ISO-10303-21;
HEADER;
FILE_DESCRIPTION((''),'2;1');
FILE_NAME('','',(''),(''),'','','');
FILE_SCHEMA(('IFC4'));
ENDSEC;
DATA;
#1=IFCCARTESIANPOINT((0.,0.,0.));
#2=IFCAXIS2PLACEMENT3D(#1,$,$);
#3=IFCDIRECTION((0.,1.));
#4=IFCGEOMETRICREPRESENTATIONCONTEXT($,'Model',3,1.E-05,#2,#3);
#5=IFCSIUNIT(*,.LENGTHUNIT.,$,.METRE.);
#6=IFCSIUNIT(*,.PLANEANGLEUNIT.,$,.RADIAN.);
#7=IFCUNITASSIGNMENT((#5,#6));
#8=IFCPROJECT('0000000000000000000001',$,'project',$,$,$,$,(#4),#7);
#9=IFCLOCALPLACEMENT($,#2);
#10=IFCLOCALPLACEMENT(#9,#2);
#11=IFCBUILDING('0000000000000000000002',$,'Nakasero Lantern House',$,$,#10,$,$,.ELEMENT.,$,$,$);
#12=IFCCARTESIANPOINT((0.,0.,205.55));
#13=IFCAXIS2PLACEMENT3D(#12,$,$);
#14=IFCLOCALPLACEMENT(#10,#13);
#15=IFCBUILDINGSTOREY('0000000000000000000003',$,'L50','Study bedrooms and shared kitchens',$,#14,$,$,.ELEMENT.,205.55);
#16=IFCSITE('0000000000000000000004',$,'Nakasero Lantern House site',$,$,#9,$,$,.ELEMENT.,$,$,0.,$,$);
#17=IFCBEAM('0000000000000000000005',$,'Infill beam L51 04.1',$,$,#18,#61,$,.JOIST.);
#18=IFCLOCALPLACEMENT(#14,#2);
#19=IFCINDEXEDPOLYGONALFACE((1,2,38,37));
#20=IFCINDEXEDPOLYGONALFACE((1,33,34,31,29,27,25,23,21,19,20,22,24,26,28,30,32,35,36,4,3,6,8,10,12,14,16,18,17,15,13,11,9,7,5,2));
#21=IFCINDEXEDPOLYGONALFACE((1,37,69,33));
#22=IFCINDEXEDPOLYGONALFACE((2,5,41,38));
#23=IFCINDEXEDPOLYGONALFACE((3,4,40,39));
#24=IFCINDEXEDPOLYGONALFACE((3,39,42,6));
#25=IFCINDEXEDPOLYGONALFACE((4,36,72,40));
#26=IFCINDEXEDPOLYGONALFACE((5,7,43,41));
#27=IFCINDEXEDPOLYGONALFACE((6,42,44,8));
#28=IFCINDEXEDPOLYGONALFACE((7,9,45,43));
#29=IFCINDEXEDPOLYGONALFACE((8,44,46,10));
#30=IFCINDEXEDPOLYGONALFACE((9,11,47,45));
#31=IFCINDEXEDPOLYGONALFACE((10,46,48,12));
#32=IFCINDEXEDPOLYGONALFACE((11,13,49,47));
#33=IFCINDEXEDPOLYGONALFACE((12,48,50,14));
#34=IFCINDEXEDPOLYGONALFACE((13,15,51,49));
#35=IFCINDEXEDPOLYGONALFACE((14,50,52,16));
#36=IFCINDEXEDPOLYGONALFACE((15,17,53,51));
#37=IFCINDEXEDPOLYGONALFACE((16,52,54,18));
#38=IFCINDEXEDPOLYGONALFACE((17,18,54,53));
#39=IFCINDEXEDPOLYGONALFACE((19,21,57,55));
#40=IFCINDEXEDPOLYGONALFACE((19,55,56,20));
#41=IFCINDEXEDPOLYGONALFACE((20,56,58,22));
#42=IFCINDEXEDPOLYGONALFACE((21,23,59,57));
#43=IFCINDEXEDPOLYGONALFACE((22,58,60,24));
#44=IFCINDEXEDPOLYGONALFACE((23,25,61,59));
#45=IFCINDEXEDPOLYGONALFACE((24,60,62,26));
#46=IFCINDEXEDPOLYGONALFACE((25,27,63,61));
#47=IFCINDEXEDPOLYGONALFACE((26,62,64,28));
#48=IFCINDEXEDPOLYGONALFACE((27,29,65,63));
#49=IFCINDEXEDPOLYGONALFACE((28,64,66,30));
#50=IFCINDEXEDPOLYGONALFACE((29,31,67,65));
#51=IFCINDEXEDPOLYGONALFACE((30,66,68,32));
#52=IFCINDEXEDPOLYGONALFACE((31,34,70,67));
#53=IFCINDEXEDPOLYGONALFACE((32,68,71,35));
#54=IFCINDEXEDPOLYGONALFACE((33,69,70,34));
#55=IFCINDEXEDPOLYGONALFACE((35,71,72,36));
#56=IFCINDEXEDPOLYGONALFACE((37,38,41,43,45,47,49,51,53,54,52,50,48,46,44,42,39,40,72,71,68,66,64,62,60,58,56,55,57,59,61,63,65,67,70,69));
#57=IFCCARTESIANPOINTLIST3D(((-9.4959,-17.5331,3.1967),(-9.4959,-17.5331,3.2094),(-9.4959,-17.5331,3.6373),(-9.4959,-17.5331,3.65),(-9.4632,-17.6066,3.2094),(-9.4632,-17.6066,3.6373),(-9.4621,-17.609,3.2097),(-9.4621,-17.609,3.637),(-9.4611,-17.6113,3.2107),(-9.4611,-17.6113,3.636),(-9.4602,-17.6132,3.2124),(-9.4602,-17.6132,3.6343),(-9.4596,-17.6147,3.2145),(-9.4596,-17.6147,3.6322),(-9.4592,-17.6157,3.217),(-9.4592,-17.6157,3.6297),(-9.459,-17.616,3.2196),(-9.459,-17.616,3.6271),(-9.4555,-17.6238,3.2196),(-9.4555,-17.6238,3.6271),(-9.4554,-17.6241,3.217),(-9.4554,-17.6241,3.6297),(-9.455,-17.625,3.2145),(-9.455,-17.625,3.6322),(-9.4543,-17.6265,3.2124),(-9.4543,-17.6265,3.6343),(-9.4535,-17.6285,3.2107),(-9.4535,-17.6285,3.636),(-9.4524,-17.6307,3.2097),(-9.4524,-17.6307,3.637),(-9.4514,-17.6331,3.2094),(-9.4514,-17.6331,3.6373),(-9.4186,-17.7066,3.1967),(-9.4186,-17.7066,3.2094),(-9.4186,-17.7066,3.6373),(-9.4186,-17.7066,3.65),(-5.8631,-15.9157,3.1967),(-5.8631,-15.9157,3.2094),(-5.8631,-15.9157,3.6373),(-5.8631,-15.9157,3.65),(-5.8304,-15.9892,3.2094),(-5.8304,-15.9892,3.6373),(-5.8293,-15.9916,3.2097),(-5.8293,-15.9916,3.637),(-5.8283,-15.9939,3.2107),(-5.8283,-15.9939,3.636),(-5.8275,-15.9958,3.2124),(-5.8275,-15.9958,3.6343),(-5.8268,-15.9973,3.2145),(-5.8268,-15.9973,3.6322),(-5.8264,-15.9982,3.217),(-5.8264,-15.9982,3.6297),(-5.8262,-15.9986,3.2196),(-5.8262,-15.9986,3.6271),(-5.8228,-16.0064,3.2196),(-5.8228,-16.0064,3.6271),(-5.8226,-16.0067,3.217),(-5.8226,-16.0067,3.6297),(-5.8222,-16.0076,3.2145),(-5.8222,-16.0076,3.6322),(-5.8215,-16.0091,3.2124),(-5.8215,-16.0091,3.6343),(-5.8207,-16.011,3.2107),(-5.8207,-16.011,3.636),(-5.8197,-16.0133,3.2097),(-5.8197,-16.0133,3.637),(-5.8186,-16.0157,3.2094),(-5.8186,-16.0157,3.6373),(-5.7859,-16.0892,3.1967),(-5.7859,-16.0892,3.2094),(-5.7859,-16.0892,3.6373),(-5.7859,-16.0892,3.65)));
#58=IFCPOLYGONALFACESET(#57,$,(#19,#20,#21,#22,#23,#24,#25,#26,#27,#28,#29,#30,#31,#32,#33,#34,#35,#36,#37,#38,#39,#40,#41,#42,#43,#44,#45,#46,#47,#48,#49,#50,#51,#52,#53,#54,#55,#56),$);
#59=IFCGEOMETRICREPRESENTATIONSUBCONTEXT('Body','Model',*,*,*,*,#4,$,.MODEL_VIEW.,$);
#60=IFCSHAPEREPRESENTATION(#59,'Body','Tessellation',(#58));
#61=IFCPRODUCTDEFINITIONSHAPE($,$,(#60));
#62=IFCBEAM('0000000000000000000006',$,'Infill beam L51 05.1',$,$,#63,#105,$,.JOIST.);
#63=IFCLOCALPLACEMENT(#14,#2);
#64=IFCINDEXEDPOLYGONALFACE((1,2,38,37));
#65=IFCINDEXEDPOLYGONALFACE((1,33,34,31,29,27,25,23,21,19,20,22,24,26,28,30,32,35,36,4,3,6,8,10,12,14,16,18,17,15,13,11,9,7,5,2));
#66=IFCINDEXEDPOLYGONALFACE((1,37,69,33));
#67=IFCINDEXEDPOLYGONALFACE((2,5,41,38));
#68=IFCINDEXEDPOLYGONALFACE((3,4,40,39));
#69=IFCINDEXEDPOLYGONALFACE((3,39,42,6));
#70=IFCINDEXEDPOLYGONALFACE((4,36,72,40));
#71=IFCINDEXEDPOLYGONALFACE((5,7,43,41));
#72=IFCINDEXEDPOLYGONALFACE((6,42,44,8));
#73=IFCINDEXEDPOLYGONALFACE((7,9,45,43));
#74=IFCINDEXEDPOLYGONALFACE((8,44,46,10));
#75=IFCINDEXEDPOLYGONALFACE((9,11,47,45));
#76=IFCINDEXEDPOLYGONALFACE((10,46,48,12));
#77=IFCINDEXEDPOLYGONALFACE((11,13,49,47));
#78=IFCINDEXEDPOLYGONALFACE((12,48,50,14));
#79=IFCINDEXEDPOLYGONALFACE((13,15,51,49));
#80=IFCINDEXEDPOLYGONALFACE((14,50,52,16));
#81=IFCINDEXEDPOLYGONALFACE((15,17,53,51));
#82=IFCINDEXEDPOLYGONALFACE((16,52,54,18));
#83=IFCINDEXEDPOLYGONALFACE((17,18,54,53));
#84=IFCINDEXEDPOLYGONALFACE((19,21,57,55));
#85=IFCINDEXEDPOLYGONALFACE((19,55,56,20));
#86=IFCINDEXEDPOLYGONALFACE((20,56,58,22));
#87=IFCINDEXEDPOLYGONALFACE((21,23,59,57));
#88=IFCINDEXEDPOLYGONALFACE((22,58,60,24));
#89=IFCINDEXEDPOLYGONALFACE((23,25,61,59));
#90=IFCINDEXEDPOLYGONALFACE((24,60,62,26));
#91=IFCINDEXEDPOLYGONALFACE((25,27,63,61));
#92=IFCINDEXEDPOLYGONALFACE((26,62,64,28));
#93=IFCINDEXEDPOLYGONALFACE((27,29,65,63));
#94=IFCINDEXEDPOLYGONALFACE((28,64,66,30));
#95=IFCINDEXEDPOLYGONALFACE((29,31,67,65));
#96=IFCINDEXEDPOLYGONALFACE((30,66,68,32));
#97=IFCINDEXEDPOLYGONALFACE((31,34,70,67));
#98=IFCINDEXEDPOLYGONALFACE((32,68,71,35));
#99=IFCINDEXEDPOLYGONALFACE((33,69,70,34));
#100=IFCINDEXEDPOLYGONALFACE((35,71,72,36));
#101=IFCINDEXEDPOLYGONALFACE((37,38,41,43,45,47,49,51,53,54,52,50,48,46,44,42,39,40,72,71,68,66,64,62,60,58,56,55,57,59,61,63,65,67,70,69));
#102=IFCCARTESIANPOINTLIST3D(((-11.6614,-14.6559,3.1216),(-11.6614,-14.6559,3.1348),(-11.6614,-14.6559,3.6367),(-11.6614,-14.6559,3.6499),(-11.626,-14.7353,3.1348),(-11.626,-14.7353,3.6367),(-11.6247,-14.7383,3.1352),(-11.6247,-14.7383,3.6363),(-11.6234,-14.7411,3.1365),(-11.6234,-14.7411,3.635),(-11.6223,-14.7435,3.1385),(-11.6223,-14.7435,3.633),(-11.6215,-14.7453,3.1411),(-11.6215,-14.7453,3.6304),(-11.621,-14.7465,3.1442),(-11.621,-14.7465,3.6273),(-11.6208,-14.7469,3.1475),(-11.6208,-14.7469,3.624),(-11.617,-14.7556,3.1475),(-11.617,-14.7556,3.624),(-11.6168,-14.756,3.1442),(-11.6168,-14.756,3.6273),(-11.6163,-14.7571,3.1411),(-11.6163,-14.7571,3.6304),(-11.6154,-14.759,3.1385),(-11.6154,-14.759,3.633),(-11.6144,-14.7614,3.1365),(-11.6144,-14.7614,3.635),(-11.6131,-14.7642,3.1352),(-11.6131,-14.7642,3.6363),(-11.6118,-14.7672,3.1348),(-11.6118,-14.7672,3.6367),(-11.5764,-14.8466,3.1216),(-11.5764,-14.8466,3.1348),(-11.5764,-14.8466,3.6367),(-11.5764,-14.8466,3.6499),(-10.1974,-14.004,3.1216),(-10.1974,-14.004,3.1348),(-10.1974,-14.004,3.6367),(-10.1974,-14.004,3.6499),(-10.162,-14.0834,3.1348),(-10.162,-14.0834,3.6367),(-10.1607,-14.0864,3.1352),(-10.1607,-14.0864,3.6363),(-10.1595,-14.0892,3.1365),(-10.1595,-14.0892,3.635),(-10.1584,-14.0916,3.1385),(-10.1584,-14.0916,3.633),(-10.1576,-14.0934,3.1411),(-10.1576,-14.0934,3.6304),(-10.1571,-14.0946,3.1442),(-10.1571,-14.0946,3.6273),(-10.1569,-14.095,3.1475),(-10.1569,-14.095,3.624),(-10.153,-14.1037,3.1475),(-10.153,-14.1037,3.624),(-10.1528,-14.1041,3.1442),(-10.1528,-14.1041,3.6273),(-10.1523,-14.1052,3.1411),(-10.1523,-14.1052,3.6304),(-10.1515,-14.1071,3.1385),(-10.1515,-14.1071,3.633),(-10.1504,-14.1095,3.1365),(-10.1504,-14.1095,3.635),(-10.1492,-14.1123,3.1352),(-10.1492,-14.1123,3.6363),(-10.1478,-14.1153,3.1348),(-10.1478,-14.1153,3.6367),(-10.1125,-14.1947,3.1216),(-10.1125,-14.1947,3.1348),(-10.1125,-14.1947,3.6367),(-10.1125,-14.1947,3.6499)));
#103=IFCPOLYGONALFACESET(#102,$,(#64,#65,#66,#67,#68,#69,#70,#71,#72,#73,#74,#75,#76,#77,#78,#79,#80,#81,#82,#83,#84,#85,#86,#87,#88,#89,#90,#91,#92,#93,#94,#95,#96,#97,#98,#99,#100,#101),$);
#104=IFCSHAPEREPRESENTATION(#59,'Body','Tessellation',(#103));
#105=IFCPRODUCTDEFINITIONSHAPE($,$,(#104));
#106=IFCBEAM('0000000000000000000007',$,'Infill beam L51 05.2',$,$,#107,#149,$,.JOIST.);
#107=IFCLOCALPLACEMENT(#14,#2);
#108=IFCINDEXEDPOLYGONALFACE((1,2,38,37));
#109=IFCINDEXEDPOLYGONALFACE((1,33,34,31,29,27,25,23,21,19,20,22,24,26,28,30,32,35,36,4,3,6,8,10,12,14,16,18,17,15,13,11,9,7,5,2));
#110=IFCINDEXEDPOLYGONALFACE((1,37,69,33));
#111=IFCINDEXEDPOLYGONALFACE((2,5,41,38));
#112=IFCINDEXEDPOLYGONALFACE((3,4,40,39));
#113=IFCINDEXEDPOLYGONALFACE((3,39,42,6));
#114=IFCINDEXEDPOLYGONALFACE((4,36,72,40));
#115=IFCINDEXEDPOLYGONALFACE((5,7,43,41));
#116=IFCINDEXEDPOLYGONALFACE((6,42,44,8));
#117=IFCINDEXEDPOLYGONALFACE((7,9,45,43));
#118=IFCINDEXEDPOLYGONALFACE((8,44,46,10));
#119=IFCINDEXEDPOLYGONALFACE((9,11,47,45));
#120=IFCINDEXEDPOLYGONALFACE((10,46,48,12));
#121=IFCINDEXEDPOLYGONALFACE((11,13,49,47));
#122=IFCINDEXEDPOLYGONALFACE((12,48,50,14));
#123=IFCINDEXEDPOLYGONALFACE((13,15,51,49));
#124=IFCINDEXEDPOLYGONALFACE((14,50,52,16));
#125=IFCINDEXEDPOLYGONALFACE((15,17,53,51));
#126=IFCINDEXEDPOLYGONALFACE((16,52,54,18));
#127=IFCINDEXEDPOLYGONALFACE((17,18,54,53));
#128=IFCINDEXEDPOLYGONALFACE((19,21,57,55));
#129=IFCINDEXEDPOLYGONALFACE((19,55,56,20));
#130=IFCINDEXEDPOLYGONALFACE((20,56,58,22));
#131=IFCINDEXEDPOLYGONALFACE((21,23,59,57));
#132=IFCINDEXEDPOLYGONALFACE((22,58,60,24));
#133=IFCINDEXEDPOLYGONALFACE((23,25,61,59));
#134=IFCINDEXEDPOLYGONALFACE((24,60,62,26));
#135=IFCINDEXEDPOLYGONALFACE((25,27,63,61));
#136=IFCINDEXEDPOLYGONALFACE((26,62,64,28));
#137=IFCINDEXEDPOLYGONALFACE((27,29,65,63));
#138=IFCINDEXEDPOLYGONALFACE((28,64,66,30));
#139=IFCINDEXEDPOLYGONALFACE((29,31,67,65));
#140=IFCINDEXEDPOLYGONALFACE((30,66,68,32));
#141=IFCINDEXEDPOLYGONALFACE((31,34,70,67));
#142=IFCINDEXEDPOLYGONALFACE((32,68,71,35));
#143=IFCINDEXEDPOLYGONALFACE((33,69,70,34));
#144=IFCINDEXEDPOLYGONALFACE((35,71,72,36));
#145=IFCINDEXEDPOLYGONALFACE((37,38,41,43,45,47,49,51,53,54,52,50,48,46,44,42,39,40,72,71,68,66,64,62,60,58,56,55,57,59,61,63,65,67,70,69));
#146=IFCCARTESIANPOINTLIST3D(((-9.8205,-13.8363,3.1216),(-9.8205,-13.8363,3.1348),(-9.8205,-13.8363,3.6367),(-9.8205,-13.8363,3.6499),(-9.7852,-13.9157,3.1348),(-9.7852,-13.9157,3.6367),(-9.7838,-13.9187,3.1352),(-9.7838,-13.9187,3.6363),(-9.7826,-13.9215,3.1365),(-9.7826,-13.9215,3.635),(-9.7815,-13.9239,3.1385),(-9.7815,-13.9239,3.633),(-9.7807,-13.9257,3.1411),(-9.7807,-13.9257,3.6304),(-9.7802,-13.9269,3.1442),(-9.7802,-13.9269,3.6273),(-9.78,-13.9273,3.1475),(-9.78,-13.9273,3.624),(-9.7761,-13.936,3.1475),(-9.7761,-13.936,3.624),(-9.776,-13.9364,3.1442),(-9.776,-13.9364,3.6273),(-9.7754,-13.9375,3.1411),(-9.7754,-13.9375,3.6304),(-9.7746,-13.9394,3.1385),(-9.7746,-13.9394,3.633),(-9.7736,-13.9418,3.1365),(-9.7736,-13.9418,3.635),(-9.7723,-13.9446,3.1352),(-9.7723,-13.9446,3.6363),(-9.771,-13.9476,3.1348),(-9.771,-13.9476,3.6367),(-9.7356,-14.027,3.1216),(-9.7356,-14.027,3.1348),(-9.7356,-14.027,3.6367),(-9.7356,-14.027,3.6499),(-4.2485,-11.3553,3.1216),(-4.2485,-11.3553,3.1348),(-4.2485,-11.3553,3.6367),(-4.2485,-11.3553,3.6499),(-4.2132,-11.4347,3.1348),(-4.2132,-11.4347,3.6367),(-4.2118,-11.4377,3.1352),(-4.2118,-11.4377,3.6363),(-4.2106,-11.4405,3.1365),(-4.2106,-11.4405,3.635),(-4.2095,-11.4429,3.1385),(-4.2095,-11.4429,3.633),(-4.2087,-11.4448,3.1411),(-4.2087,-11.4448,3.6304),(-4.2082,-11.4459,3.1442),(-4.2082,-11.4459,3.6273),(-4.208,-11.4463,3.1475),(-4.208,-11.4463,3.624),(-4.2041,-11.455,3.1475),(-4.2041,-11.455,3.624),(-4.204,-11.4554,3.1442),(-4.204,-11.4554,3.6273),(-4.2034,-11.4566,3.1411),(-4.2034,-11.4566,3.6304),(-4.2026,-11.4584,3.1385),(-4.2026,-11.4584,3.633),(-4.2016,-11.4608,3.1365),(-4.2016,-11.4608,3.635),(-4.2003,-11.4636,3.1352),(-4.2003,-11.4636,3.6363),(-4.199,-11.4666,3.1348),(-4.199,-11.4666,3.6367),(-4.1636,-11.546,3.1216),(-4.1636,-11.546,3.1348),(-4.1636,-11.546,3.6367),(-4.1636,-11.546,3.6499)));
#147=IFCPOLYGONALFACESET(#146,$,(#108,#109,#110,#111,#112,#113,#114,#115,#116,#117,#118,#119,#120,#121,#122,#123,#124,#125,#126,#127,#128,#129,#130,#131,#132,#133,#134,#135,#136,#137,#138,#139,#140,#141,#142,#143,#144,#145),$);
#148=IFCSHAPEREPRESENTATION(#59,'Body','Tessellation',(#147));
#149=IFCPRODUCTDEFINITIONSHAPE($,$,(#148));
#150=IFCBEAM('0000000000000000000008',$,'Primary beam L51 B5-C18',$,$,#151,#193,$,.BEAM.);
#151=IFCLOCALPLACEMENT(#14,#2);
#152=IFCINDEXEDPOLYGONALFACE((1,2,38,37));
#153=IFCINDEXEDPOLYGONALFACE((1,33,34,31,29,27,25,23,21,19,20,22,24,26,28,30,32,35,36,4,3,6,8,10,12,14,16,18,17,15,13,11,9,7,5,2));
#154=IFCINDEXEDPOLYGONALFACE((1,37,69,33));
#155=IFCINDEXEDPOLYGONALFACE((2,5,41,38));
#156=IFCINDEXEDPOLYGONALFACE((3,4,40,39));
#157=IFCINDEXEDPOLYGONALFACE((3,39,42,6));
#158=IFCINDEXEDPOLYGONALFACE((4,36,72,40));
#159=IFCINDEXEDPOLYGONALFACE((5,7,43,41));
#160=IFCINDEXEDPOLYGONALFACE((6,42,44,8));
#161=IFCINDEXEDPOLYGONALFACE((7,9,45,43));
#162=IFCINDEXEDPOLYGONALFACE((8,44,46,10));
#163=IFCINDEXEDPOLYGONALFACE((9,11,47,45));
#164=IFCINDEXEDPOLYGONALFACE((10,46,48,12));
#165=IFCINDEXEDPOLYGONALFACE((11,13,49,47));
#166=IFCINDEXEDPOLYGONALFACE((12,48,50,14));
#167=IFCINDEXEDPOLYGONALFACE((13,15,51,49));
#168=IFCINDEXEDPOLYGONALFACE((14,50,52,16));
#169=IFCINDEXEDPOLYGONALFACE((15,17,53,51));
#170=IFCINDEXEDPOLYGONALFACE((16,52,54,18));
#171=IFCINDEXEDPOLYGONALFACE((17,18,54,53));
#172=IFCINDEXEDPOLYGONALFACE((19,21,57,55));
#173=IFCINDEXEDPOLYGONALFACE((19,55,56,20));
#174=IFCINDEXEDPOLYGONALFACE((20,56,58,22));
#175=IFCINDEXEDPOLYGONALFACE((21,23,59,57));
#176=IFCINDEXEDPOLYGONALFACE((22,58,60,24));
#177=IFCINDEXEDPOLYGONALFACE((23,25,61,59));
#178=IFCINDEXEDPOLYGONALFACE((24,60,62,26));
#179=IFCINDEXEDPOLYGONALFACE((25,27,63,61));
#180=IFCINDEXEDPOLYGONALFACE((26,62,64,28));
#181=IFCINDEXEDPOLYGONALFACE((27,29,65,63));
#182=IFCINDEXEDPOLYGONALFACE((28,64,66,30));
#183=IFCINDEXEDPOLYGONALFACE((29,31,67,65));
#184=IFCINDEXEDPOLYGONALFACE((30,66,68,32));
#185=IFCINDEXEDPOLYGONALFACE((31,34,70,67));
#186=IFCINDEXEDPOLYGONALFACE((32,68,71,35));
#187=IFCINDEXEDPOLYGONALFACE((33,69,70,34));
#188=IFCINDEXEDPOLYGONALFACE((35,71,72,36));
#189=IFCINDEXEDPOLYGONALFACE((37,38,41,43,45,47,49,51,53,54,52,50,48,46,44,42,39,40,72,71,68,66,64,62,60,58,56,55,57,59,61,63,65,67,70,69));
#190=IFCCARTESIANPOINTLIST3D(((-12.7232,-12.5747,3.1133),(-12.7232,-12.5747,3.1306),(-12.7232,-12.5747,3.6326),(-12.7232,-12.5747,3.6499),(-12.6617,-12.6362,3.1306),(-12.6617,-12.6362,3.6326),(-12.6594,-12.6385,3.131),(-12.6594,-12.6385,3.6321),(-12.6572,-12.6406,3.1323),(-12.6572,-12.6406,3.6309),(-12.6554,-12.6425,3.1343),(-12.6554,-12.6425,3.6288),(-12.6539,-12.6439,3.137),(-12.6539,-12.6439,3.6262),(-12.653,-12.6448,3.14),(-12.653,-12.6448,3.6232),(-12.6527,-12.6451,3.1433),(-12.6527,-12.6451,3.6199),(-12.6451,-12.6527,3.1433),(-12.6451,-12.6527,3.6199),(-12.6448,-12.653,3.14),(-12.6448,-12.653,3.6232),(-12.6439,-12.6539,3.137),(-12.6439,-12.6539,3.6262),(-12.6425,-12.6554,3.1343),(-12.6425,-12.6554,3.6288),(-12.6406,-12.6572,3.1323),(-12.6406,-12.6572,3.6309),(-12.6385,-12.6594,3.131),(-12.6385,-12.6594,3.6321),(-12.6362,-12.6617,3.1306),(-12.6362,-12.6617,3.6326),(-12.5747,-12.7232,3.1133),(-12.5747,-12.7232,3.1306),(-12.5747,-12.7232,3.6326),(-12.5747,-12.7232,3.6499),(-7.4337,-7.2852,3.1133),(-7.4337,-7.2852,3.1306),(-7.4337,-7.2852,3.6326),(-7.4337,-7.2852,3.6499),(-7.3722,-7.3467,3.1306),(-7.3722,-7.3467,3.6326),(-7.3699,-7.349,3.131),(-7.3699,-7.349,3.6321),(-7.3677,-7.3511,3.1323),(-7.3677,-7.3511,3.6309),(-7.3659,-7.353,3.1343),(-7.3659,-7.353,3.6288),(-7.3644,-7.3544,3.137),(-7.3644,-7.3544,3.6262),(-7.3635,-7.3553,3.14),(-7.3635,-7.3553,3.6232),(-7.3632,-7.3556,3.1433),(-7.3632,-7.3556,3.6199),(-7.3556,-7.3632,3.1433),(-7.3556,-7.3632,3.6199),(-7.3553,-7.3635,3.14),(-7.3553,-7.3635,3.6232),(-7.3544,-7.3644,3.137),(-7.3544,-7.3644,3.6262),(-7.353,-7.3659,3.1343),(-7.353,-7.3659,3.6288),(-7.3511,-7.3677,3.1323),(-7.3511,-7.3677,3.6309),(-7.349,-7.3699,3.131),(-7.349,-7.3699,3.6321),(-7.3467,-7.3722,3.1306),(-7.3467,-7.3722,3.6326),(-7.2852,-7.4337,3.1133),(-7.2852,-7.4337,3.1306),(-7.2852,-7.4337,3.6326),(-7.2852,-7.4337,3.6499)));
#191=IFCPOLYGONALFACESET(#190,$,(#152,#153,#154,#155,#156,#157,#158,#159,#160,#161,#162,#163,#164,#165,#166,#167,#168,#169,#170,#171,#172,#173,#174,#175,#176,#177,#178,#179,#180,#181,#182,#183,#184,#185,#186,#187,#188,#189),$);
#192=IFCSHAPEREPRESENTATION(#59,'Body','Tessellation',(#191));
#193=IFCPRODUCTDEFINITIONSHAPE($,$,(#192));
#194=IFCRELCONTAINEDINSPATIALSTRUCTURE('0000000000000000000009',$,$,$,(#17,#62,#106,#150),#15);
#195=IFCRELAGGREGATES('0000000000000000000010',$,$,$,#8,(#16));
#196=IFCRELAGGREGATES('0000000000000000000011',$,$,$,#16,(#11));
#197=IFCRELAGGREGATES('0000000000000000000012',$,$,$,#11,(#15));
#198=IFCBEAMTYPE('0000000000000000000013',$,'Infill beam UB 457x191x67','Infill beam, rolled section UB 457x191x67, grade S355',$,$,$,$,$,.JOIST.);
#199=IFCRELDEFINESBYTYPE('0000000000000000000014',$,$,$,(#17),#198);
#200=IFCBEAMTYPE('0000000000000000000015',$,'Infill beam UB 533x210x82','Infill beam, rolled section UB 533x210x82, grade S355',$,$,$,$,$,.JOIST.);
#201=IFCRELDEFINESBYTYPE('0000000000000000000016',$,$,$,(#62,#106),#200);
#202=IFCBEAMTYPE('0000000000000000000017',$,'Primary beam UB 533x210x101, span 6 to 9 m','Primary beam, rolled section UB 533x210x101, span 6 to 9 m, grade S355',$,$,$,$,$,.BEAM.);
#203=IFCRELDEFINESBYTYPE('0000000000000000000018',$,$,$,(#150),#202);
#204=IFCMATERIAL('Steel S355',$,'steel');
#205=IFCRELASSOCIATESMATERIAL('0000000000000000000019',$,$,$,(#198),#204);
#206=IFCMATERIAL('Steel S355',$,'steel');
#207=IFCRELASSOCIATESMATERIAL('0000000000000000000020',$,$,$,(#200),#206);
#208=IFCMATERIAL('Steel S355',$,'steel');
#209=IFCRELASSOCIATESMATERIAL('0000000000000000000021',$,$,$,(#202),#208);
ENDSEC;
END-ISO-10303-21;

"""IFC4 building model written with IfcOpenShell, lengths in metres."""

from ifc_helpers import new_model, si_unit, direction, frame, origin, origin_2d, place, context, subcontext, project, spatial, i_section, extrude, material, material_profile, profile_set, type_object, element, save


model = new_model("IFC4")

# Units and contexts
model_context = context("Model", 3, precision=1e-05, world=origin(), true_north=direction((0.0, 1.0)))
body_context = subcontext(model_context, "Body", "Model", "MODEL_VIEW")
ifc_project = project(units=[si_unit("LENGTHUNIT", "METRE"), si_unit("PLANEANGLEUNIT", "RADIAN")], contexts=[model_context])

# Site, building, storey
site_placement = place(None, origin())
site = spatial("IfcSite", under=ifc_project, at=site_placement, Name="Nakasero Lantern House site", CompositionType="ELEMENT", RefElevation=0.0)
building_placement = place(site_placement, origin())
building = spatial("IfcBuilding", under=site, at=building_placement, Name="Nakasero Lantern House", CompositionType="ELEMENT")
storey_placement = place(building_placement, frame((0.0, 0.0, 205.55)))
storey = spatial("IfcBuildingStorey", under=building, at=storey_placement, Name="L50", Description="Study bedrooms and shared kitchens", CompositionType="ELEMENT", Elevation=205.55)

# Beams
ifc_material_1 = material(Name="Steel S355", Category="steel")
ifc_material_profile_1 = material_profile(ifc_material_1, i_section(OverallWidth=0.1899, OverallDepth=0.4534, WebThickness=0.0085, FlangeThickness=0.0127, FilletRadius=0.0103, at=origin_2d()), Name="UB 457x191x67")
ifc_profile_set_1 = profile_set([ifc_material_profile_1], Name="Steel S355")
beam_type_1 = type_object("IfcBeamType", Name="Infill beam UB 457x191x67", Description="Infill beam, rolled section UB 457x191x67, grade S355", PredefinedType="JOIST", material=ifc_profile_set_1)
beam_1_placement = place(storey_placement, frame((-9.4573, -17.6199, 3.4233), z_axis=(0.913546, 0.406736, 0.0), x_axis=(-0.406736, 0.913546, 0.0)))
element("IfcBeam", 1, at=beam_1_placement, inside=storey, type_object=beam_type_1, Name="Infill beam L51 04.1", PredefinedType="JOIST", context=body_context, shape_type="SweptSolid", body=[
    extrude(i_section(OverallWidth=0.1899, OverallDepth=0.4534, WebThickness=0.0085, FlangeThickness=0.0127, FilletRadius=0.0103, at=origin_2d()), origin(), (0.0, 0.0, 1.0), 3.9766),
])
ifc_material_2 = material(Name="Steel S355", Category="steel")
ifc_material_profile_2 = material_profile(ifc_material_2, i_section(OverallWidth=0.2087, OverallDepth=0.5283, WebThickness=0.0095, FlangeThickness=0.0132, FilletRadius=0.0127, at=origin_2d()), Name="UB 533x210x82")
ifc_profile_set_2 = profile_set([ifc_material_profile_2], Name="Steel S355")
beam_type_2 = type_object("IfcBeamType", Name="Infill beam UB 533x210x82", Description="Infill beam, rolled section UB 533x210x82, grade S355", PredefinedType="JOIST", material=ifc_profile_set_2)
beam_2_placement = place(storey_placement, frame((-11.6189, -14.7512, 3.3857), z_axis=(0.913522, 0.406789, 0.0), x_axis=(-0.406789, 0.913522, 0.0)))
element("IfcBeam", 2, at=beam_2_placement, inside=storey, type_object=beam_type_2, Name="Infill beam L51 05.1", PredefinedType="JOIST", context=body_context, shape_type="SweptSolid", body=[
    extrude(i_section(OverallWidth=0.2087, OverallDepth=0.5283, WebThickness=0.0095, FlangeThickness=0.0132, FilletRadius=0.0127, at=origin_2d()), origin(), (0.0, 0.0, 1.0), 1.6025),
])
beam_3_placement = place(storey_placement, frame((-9.7781, -13.9316, 3.3857), z_axis=(0.913537, 0.406755, 0.0), x_axis=(-0.406755, 0.913537, 0.0)))
element("IfcBeam", 3, at=beam_3_placement, inside=storey, type_object=beam_type_2, Name="Infill beam L51 05.2", PredefinedType="JOIST", context=body_context, shape_type="SweptSolid", body=[
    extrude(i_section(OverallWidth=0.2087, OverallDepth=0.5283, WebThickness=0.0095, FlangeThickness=0.0132, FilletRadius=0.0127, at=origin_2d()), origin(), (0.0, 0.0, 1.0), 6.0994),
])
ifc_material_3 = material(Name="Steel S355", Category="steel")
ifc_material_profile_3 = material_profile(ifc_material_3, i_section(OverallWidth=0.21, OverallDepth=0.5366, WebThickness=0.0107, FlangeThickness=0.0173, FilletRadius=0.0127, at=origin_2d()), Name="UB 533x210x101")
ifc_profile_set_3 = profile_set([ifc_material_profile_3], Name="Steel S355")
beam_type_3 = type_object("IfcBeamType", Name="Primary beam UB 533x210x101, span 6 to 9 m", Description="Primary beam, rolled section UB 533x210x101, span 6 to 9 m, grade S355", PredefinedType="BEAM", material=ifc_profile_set_3)
beam_4_placement = place(storey_placement, frame((-12.6489, -12.6489, 3.3816), z_axis=(0.707107, 0.707107, 0.0), x_axis=(-0.707107, 0.707107, 0.0)))
element("IfcBeam", 4, at=beam_4_placement, inside=storey, type_object=beam_type_3, Name="Primary beam L51 B5-C18", PredefinedType="BEAM", context=body_context, shape_type="SweptSolid", body=[
    extrude(i_section(OverallWidth=0.21, OverallDepth=0.5366, WebThickness=0.0107, FlangeThickness=0.0173, FilletRadius=0.0127, at=origin_2d()), origin(), (0.0, 0.0, 1.0), 7.4805),
])

save(model, "model.ifc")
